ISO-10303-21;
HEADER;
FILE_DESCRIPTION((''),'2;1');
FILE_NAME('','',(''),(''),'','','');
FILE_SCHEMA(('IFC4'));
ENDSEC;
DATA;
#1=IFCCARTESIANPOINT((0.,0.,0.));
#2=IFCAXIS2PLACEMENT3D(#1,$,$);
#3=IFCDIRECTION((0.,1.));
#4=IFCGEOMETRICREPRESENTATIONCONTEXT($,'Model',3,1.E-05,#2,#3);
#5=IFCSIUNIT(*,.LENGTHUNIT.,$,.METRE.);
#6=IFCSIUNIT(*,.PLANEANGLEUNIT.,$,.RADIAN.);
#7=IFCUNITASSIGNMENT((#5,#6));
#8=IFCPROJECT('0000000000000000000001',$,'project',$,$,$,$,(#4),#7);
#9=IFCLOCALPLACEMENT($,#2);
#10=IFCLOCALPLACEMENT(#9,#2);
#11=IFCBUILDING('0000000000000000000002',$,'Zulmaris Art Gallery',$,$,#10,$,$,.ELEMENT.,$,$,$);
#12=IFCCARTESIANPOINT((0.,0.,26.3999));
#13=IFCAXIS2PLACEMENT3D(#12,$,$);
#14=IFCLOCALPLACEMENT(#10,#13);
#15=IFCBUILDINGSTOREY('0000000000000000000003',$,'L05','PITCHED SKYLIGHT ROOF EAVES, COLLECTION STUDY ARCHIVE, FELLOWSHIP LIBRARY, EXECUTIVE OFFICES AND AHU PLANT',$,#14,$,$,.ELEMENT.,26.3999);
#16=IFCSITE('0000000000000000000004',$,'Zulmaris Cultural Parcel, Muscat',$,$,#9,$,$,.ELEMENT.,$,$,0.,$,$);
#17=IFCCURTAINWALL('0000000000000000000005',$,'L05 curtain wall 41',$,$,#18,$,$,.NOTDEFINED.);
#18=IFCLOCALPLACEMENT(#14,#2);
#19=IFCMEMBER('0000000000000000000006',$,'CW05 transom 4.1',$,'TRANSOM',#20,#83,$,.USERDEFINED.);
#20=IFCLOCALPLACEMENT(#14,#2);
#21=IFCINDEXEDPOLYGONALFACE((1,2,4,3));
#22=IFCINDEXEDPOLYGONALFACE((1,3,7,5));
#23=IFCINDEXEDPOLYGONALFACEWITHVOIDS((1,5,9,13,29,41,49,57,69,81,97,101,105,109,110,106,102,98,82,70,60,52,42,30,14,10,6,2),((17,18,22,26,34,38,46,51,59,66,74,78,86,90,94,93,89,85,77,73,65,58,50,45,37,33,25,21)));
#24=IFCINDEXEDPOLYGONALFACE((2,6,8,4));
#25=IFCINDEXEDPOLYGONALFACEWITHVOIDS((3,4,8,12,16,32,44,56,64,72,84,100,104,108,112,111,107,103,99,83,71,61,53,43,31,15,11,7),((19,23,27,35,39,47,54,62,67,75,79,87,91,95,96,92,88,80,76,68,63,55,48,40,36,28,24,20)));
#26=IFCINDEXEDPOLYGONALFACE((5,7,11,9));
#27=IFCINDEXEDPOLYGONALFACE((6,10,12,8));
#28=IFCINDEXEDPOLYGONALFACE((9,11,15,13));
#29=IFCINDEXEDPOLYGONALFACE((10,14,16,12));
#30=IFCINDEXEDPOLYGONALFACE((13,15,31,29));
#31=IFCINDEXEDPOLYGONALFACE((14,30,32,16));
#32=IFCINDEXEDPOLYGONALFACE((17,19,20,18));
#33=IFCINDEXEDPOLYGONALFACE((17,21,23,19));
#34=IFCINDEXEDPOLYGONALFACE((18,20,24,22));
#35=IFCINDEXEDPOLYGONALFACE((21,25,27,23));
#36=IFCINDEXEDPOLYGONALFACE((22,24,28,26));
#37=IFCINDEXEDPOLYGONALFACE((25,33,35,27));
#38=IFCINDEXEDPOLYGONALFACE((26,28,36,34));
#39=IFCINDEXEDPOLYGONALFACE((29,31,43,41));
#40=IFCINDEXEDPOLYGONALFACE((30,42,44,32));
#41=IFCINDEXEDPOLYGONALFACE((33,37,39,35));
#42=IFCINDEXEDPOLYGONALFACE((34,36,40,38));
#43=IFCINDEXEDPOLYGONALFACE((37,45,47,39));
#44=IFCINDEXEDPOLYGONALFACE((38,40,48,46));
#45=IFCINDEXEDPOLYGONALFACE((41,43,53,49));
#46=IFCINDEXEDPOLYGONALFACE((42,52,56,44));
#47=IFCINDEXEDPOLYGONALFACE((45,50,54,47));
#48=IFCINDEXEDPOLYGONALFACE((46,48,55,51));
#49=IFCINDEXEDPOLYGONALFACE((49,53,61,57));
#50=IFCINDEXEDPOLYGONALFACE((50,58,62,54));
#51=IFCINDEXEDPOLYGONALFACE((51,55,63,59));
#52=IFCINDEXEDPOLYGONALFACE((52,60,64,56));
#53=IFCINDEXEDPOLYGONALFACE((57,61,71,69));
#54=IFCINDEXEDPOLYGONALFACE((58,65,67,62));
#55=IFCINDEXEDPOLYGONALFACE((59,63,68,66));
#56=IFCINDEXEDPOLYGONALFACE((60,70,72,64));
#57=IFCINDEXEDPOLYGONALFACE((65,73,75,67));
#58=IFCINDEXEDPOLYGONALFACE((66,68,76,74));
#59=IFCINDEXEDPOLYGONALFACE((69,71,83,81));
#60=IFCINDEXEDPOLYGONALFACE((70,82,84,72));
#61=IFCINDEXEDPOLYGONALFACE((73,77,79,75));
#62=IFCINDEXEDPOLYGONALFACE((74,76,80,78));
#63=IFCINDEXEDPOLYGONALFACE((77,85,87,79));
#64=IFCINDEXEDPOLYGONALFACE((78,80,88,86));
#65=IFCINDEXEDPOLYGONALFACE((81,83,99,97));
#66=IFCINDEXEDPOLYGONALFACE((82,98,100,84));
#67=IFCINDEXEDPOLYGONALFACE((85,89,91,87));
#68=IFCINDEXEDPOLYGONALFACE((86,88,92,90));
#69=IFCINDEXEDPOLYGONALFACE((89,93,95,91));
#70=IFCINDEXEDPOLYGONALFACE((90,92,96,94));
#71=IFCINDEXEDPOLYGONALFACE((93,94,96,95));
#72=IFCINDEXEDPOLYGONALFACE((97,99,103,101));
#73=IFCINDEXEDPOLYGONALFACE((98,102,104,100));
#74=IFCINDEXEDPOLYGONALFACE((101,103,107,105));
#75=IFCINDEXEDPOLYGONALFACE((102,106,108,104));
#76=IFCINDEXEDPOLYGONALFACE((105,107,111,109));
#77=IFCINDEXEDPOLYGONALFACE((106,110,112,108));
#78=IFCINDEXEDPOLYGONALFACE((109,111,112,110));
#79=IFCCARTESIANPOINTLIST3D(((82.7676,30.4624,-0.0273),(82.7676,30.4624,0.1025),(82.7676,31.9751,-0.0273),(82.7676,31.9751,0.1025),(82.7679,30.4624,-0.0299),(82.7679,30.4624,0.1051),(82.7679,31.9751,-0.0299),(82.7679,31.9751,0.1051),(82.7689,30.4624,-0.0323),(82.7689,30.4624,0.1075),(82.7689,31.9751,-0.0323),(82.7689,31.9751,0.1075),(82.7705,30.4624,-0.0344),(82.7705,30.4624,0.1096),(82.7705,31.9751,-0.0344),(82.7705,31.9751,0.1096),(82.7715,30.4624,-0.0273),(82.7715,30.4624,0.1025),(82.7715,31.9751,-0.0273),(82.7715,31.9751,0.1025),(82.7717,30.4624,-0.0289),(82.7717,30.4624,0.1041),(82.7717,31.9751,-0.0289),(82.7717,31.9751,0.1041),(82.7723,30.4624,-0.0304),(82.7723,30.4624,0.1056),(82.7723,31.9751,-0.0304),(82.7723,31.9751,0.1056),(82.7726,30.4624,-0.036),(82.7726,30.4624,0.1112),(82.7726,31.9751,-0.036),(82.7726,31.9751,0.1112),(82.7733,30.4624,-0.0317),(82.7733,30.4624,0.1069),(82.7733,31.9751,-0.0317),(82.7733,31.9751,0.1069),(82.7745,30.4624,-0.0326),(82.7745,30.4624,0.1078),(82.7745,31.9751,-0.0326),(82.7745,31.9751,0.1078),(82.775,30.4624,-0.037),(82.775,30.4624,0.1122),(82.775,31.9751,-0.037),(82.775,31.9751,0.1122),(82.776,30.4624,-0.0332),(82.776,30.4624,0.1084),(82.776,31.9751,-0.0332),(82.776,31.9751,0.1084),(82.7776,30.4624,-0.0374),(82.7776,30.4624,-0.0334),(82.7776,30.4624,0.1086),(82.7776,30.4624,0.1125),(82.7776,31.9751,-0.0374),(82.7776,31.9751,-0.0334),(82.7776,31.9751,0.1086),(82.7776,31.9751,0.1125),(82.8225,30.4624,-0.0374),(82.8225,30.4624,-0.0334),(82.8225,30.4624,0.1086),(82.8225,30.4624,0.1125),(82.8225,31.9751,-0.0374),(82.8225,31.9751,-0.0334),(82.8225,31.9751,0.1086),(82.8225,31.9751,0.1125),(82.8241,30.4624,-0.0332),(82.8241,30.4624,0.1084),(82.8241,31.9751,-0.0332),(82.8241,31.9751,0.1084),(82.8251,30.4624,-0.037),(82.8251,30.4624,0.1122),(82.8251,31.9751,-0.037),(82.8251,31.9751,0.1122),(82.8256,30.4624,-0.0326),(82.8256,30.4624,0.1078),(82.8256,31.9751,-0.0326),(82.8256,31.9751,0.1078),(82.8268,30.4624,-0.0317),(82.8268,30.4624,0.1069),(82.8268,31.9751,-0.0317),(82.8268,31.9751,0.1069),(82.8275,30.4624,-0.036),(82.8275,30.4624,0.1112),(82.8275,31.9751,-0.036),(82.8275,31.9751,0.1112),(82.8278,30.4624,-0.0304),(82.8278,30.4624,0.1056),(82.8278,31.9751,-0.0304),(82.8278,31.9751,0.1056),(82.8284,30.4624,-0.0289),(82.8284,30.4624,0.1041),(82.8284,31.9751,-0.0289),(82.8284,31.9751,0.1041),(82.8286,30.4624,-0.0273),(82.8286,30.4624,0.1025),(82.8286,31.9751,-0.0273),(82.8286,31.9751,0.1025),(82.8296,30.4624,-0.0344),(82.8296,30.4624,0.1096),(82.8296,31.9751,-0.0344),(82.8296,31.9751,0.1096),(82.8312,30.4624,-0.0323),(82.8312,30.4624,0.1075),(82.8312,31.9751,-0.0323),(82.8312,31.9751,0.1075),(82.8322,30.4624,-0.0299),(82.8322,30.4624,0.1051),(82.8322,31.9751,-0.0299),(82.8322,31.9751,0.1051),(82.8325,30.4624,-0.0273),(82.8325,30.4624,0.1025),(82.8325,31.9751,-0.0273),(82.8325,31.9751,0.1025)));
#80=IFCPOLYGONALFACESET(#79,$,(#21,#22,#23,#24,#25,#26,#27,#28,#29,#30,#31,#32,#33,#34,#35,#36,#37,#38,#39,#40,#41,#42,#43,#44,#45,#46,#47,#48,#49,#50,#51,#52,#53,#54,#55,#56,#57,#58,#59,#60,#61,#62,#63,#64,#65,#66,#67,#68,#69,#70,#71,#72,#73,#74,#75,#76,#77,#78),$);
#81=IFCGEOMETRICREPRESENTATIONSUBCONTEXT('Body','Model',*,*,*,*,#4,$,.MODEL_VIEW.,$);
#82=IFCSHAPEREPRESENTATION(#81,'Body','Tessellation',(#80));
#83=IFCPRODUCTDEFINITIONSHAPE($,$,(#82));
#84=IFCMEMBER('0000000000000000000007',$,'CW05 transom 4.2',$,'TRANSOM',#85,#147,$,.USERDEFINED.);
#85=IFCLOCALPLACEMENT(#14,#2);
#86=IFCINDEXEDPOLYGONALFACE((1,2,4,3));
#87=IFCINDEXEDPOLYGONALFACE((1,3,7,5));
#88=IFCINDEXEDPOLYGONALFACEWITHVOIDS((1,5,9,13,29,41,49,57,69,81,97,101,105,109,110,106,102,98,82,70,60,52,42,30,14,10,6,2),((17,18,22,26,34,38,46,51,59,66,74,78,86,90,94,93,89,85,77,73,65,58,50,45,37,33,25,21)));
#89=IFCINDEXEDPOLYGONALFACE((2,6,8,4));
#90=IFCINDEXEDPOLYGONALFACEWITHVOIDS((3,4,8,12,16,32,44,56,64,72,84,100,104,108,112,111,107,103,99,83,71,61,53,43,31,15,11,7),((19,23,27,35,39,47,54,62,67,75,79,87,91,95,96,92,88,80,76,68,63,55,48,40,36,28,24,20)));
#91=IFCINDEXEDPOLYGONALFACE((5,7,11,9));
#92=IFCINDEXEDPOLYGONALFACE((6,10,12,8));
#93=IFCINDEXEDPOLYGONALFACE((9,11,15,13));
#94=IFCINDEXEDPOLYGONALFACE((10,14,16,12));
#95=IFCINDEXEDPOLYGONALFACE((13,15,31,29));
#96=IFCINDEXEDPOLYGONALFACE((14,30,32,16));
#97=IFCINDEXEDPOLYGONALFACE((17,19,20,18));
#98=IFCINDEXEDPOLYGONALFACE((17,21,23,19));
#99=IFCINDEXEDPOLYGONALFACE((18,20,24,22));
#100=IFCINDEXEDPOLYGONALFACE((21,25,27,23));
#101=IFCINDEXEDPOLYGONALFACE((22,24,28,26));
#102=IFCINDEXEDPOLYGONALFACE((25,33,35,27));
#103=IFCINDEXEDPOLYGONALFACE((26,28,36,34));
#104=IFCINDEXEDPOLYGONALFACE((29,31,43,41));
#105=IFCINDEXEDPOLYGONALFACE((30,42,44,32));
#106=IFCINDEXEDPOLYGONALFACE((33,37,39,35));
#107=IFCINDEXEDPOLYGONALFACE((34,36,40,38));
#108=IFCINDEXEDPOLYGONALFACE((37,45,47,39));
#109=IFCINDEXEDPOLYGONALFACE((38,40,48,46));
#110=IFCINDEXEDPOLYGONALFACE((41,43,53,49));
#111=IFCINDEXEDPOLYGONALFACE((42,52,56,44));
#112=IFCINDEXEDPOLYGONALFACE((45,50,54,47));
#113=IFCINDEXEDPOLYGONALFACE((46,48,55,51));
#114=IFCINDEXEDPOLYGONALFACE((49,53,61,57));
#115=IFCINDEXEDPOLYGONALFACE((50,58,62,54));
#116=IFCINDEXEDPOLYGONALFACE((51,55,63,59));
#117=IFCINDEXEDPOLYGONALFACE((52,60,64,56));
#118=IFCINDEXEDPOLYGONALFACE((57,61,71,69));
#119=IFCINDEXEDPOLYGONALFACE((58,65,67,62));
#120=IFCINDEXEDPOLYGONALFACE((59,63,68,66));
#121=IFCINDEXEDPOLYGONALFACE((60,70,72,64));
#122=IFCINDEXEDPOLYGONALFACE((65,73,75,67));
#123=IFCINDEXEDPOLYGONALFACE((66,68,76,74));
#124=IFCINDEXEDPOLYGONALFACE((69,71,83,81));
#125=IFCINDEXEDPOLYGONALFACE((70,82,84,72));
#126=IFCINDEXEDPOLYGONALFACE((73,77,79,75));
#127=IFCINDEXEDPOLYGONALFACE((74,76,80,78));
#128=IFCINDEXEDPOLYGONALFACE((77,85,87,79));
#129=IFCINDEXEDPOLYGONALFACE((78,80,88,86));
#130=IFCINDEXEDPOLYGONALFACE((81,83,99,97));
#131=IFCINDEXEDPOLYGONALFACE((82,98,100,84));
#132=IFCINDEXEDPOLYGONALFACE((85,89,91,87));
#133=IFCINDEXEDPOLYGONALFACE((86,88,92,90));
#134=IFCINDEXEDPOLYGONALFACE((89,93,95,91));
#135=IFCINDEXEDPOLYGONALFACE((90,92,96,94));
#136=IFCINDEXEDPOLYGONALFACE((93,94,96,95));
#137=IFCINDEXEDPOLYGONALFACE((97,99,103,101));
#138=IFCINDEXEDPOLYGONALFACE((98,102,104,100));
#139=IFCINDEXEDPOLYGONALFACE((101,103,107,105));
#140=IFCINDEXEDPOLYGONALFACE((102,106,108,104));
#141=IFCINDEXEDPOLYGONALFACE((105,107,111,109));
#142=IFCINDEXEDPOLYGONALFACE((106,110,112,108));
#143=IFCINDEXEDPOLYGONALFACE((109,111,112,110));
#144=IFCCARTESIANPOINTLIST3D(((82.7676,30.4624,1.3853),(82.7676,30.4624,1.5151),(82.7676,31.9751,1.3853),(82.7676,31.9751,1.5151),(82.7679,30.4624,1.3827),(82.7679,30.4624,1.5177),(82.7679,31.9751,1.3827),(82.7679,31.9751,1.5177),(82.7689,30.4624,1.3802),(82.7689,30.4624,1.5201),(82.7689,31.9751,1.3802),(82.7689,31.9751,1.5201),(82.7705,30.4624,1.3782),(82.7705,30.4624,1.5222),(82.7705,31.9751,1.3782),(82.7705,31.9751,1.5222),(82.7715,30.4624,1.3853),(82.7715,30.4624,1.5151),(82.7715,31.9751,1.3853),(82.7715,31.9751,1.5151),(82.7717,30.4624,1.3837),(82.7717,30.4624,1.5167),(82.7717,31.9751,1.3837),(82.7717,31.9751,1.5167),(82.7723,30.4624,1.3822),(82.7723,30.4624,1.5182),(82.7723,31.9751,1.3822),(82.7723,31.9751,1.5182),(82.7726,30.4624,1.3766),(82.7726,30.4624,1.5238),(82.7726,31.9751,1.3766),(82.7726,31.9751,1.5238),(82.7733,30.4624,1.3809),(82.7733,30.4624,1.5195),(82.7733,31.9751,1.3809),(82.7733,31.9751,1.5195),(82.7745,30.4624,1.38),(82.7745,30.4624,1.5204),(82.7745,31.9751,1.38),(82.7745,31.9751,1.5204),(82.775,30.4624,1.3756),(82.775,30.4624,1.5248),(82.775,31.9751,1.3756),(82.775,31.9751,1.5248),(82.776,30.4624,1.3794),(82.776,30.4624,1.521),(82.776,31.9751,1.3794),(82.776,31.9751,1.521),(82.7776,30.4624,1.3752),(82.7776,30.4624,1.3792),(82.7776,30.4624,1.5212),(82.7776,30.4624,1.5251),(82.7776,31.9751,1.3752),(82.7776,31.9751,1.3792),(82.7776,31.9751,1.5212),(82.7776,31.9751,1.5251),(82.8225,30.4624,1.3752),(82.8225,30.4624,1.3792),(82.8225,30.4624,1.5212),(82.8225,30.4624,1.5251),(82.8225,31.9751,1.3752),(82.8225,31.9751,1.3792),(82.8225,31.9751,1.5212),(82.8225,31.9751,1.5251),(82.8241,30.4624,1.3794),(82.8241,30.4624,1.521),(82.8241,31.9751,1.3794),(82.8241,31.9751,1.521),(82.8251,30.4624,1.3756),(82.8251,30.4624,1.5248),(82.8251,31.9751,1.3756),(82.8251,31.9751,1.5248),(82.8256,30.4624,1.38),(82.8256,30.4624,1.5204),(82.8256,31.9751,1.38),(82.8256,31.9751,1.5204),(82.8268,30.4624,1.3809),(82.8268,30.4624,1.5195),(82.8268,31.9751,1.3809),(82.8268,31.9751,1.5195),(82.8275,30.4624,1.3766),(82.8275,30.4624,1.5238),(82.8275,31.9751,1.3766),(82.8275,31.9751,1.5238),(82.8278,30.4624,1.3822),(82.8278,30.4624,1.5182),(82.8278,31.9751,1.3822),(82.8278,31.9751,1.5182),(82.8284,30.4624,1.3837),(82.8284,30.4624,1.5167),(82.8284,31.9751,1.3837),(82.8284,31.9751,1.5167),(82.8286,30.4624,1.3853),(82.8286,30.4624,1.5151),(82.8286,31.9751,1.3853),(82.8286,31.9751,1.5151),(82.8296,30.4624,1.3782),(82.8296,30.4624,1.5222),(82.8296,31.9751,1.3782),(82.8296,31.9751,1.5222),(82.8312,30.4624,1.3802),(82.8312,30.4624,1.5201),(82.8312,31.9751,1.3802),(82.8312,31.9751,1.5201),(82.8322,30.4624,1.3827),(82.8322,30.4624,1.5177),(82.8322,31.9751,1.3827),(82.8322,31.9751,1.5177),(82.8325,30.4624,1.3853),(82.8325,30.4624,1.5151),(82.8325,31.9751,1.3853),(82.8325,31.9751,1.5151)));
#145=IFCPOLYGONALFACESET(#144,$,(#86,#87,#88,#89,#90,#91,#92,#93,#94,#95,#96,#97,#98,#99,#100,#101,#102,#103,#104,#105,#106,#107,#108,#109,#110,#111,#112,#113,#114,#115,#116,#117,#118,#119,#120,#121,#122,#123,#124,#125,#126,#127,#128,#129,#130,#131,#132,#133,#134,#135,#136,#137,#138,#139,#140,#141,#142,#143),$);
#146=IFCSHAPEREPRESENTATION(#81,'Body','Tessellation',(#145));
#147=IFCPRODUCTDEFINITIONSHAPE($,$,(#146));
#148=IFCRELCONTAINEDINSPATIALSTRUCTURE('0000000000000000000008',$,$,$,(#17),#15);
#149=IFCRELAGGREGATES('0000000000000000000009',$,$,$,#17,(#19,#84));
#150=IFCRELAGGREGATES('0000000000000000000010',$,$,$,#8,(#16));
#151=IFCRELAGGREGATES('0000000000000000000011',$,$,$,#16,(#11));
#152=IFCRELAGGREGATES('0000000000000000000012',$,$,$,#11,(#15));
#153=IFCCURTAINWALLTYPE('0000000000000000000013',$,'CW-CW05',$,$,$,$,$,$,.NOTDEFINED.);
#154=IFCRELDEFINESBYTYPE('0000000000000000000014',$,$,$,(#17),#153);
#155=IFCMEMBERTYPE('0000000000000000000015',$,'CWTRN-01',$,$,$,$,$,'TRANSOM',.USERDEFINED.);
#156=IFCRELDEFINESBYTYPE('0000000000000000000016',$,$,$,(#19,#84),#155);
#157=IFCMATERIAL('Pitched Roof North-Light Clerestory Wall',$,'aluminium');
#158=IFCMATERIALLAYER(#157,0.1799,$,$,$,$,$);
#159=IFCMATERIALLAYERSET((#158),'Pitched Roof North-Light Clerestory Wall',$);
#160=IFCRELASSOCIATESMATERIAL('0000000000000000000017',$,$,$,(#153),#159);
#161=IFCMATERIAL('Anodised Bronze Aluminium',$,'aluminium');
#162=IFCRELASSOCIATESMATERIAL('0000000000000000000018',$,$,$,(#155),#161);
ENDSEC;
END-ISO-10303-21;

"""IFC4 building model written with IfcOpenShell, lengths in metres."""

from ifc_helpers import new_model, si_unit, direction, frame, origin, origin_2d, place, context, subcontext, project, spatial, hollow_rectangle, extrude, material, layer, layer_set, material_profile, profile_set, type_object, element, aggregate, save


model = new_model("IFC4")

# Units and contexts
model_context = context("Model", 3, precision=1e-05, world=origin(), true_north=direction((0.0, 1.0)))
body_context = subcontext(model_context, "Body", "Model", "MODEL_VIEW")
ifc_project = project(units=[si_unit("LENGTHUNIT", "METRE"), si_unit("PLANEANGLEUNIT", "RADIAN")], contexts=[model_context])

# Site, building, storey
site_placement = place(None, origin())
site = spatial("IfcSite", under=ifc_project, at=site_placement, Name="Zulmaris Cultural Parcel, Muscat", CompositionType="ELEMENT", RefElevation=0.0)
building_placement = place(site_placement, origin())
building = spatial("IfcBuilding", under=site, at=building_placement, Name="Zulmaris Art Gallery", CompositionType="ELEMENT")
storey_placement = place(building_placement, frame((0.0, 0.0, 26.3999)))
storey = spatial("IfcBuildingStorey", under=building, at=storey_placement, Name="L05", Description="PITCHED SKYLIGHT ROOF EAVES, COLLECTION STUDY ARCHIVE, FELLOWSHIP LIBRARY, EXECUTIVE OFFICES AND AHU PLANT", CompositionType="ELEMENT", Elevation=26.3999)

# Curtain wall
ifc_material_1 = material(Name="Pitched Roof North-Light Clerestory Wall", Category="aluminium")
ifc_layer_1 = layer(ifc_material_1, 0.1799)
ifc_layer_set_1 = layer_set([ifc_layer_1], Name="Pitched Roof North-Light Clerestory Wall")
curtain_wall_type = type_object("IfcCurtainWallType", Name="CW-CW05", PredefinedType="NOTDEFINED", material=ifc_layer_set_1)
curtain_wall_1_placement = place(storey_placement, origin())
curtain_wall_1 = element("IfcCurtainWall", 1, at=curtain_wall_1_placement, inside=storey, type_object=curtain_wall_type, Name="L05 curtain wall 41", PredefinedType="NOTDEFINED")
ifc_material_2 = material(Name="Anodised Bronze Aluminium", Category="aluminium")

# Members
ifc_material_profile_1 = material_profile(ifc_material_2, hollow_rectangle(XDim=0.0649, YDim=0.1499, WallThickness=0.0039, InnerFilletRadius=0.0061, OuterFilletRadius=0.01, at=origin_2d()), Name="ALU 65x150x4")
ifc_profile_set_1 = profile_set([ifc_material_profile_1], Name="Anodised Bronze Aluminium")
member_type_1 = type_object("IfcMemberType", Name="CWTRN-01", ElementType="TRANSOM", PredefinedType="USERDEFINED", material=ifc_profile_set_1)
member_1_placement = place(storey_placement, frame((82.8, 30.4624, 0.0376), z_axis=(0.0, 1.0, 0.0), x_axis=(-1.0, 0.0, 0.0)))
member_1 = element("IfcMember", 2, at=member_1_placement, type_object=member_type_1, Name="CW05 transom 4.1", ObjectType="TRANSOM", PredefinedType="USERDEFINED", context=body_context, shape_type="SweptSolid", body=[
    extrude(hollow_rectangle(XDim=0.0649, YDim=0.1499, WallThickness=0.0039, InnerFilletRadius=0.0061, OuterFilletRadius=0.01, at=origin_2d()), origin(), (0.0, 0.0, 1.0), 1.5127),
])
member_2_placement = place(storey_placement, frame((82.8, 30.4624, 1.4502), z_axis=(0.0, 1.0, 0.0), x_axis=(-1.0, 0.0, 0.0)))
member_2 = element("IfcMember", 3, at=member_2_placement, type_object=member_type_1, Name="CW05 transom 4.2", ObjectType="TRANSOM", PredefinedType="USERDEFINED", context=body_context, shape_type="SweptSolid", body=[
    extrude(hollow_rectangle(XDim=0.0649, YDim=0.1499, WallThickness=0.0039, InnerFilletRadius=0.0061, OuterFilletRadius=0.01, at=origin_2d()), origin(), (0.0, 0.0, 1.0), 1.5127),
])

aggregate(curtain_wall_1, [member_1, member_2])

save(model, "model.ifc")
